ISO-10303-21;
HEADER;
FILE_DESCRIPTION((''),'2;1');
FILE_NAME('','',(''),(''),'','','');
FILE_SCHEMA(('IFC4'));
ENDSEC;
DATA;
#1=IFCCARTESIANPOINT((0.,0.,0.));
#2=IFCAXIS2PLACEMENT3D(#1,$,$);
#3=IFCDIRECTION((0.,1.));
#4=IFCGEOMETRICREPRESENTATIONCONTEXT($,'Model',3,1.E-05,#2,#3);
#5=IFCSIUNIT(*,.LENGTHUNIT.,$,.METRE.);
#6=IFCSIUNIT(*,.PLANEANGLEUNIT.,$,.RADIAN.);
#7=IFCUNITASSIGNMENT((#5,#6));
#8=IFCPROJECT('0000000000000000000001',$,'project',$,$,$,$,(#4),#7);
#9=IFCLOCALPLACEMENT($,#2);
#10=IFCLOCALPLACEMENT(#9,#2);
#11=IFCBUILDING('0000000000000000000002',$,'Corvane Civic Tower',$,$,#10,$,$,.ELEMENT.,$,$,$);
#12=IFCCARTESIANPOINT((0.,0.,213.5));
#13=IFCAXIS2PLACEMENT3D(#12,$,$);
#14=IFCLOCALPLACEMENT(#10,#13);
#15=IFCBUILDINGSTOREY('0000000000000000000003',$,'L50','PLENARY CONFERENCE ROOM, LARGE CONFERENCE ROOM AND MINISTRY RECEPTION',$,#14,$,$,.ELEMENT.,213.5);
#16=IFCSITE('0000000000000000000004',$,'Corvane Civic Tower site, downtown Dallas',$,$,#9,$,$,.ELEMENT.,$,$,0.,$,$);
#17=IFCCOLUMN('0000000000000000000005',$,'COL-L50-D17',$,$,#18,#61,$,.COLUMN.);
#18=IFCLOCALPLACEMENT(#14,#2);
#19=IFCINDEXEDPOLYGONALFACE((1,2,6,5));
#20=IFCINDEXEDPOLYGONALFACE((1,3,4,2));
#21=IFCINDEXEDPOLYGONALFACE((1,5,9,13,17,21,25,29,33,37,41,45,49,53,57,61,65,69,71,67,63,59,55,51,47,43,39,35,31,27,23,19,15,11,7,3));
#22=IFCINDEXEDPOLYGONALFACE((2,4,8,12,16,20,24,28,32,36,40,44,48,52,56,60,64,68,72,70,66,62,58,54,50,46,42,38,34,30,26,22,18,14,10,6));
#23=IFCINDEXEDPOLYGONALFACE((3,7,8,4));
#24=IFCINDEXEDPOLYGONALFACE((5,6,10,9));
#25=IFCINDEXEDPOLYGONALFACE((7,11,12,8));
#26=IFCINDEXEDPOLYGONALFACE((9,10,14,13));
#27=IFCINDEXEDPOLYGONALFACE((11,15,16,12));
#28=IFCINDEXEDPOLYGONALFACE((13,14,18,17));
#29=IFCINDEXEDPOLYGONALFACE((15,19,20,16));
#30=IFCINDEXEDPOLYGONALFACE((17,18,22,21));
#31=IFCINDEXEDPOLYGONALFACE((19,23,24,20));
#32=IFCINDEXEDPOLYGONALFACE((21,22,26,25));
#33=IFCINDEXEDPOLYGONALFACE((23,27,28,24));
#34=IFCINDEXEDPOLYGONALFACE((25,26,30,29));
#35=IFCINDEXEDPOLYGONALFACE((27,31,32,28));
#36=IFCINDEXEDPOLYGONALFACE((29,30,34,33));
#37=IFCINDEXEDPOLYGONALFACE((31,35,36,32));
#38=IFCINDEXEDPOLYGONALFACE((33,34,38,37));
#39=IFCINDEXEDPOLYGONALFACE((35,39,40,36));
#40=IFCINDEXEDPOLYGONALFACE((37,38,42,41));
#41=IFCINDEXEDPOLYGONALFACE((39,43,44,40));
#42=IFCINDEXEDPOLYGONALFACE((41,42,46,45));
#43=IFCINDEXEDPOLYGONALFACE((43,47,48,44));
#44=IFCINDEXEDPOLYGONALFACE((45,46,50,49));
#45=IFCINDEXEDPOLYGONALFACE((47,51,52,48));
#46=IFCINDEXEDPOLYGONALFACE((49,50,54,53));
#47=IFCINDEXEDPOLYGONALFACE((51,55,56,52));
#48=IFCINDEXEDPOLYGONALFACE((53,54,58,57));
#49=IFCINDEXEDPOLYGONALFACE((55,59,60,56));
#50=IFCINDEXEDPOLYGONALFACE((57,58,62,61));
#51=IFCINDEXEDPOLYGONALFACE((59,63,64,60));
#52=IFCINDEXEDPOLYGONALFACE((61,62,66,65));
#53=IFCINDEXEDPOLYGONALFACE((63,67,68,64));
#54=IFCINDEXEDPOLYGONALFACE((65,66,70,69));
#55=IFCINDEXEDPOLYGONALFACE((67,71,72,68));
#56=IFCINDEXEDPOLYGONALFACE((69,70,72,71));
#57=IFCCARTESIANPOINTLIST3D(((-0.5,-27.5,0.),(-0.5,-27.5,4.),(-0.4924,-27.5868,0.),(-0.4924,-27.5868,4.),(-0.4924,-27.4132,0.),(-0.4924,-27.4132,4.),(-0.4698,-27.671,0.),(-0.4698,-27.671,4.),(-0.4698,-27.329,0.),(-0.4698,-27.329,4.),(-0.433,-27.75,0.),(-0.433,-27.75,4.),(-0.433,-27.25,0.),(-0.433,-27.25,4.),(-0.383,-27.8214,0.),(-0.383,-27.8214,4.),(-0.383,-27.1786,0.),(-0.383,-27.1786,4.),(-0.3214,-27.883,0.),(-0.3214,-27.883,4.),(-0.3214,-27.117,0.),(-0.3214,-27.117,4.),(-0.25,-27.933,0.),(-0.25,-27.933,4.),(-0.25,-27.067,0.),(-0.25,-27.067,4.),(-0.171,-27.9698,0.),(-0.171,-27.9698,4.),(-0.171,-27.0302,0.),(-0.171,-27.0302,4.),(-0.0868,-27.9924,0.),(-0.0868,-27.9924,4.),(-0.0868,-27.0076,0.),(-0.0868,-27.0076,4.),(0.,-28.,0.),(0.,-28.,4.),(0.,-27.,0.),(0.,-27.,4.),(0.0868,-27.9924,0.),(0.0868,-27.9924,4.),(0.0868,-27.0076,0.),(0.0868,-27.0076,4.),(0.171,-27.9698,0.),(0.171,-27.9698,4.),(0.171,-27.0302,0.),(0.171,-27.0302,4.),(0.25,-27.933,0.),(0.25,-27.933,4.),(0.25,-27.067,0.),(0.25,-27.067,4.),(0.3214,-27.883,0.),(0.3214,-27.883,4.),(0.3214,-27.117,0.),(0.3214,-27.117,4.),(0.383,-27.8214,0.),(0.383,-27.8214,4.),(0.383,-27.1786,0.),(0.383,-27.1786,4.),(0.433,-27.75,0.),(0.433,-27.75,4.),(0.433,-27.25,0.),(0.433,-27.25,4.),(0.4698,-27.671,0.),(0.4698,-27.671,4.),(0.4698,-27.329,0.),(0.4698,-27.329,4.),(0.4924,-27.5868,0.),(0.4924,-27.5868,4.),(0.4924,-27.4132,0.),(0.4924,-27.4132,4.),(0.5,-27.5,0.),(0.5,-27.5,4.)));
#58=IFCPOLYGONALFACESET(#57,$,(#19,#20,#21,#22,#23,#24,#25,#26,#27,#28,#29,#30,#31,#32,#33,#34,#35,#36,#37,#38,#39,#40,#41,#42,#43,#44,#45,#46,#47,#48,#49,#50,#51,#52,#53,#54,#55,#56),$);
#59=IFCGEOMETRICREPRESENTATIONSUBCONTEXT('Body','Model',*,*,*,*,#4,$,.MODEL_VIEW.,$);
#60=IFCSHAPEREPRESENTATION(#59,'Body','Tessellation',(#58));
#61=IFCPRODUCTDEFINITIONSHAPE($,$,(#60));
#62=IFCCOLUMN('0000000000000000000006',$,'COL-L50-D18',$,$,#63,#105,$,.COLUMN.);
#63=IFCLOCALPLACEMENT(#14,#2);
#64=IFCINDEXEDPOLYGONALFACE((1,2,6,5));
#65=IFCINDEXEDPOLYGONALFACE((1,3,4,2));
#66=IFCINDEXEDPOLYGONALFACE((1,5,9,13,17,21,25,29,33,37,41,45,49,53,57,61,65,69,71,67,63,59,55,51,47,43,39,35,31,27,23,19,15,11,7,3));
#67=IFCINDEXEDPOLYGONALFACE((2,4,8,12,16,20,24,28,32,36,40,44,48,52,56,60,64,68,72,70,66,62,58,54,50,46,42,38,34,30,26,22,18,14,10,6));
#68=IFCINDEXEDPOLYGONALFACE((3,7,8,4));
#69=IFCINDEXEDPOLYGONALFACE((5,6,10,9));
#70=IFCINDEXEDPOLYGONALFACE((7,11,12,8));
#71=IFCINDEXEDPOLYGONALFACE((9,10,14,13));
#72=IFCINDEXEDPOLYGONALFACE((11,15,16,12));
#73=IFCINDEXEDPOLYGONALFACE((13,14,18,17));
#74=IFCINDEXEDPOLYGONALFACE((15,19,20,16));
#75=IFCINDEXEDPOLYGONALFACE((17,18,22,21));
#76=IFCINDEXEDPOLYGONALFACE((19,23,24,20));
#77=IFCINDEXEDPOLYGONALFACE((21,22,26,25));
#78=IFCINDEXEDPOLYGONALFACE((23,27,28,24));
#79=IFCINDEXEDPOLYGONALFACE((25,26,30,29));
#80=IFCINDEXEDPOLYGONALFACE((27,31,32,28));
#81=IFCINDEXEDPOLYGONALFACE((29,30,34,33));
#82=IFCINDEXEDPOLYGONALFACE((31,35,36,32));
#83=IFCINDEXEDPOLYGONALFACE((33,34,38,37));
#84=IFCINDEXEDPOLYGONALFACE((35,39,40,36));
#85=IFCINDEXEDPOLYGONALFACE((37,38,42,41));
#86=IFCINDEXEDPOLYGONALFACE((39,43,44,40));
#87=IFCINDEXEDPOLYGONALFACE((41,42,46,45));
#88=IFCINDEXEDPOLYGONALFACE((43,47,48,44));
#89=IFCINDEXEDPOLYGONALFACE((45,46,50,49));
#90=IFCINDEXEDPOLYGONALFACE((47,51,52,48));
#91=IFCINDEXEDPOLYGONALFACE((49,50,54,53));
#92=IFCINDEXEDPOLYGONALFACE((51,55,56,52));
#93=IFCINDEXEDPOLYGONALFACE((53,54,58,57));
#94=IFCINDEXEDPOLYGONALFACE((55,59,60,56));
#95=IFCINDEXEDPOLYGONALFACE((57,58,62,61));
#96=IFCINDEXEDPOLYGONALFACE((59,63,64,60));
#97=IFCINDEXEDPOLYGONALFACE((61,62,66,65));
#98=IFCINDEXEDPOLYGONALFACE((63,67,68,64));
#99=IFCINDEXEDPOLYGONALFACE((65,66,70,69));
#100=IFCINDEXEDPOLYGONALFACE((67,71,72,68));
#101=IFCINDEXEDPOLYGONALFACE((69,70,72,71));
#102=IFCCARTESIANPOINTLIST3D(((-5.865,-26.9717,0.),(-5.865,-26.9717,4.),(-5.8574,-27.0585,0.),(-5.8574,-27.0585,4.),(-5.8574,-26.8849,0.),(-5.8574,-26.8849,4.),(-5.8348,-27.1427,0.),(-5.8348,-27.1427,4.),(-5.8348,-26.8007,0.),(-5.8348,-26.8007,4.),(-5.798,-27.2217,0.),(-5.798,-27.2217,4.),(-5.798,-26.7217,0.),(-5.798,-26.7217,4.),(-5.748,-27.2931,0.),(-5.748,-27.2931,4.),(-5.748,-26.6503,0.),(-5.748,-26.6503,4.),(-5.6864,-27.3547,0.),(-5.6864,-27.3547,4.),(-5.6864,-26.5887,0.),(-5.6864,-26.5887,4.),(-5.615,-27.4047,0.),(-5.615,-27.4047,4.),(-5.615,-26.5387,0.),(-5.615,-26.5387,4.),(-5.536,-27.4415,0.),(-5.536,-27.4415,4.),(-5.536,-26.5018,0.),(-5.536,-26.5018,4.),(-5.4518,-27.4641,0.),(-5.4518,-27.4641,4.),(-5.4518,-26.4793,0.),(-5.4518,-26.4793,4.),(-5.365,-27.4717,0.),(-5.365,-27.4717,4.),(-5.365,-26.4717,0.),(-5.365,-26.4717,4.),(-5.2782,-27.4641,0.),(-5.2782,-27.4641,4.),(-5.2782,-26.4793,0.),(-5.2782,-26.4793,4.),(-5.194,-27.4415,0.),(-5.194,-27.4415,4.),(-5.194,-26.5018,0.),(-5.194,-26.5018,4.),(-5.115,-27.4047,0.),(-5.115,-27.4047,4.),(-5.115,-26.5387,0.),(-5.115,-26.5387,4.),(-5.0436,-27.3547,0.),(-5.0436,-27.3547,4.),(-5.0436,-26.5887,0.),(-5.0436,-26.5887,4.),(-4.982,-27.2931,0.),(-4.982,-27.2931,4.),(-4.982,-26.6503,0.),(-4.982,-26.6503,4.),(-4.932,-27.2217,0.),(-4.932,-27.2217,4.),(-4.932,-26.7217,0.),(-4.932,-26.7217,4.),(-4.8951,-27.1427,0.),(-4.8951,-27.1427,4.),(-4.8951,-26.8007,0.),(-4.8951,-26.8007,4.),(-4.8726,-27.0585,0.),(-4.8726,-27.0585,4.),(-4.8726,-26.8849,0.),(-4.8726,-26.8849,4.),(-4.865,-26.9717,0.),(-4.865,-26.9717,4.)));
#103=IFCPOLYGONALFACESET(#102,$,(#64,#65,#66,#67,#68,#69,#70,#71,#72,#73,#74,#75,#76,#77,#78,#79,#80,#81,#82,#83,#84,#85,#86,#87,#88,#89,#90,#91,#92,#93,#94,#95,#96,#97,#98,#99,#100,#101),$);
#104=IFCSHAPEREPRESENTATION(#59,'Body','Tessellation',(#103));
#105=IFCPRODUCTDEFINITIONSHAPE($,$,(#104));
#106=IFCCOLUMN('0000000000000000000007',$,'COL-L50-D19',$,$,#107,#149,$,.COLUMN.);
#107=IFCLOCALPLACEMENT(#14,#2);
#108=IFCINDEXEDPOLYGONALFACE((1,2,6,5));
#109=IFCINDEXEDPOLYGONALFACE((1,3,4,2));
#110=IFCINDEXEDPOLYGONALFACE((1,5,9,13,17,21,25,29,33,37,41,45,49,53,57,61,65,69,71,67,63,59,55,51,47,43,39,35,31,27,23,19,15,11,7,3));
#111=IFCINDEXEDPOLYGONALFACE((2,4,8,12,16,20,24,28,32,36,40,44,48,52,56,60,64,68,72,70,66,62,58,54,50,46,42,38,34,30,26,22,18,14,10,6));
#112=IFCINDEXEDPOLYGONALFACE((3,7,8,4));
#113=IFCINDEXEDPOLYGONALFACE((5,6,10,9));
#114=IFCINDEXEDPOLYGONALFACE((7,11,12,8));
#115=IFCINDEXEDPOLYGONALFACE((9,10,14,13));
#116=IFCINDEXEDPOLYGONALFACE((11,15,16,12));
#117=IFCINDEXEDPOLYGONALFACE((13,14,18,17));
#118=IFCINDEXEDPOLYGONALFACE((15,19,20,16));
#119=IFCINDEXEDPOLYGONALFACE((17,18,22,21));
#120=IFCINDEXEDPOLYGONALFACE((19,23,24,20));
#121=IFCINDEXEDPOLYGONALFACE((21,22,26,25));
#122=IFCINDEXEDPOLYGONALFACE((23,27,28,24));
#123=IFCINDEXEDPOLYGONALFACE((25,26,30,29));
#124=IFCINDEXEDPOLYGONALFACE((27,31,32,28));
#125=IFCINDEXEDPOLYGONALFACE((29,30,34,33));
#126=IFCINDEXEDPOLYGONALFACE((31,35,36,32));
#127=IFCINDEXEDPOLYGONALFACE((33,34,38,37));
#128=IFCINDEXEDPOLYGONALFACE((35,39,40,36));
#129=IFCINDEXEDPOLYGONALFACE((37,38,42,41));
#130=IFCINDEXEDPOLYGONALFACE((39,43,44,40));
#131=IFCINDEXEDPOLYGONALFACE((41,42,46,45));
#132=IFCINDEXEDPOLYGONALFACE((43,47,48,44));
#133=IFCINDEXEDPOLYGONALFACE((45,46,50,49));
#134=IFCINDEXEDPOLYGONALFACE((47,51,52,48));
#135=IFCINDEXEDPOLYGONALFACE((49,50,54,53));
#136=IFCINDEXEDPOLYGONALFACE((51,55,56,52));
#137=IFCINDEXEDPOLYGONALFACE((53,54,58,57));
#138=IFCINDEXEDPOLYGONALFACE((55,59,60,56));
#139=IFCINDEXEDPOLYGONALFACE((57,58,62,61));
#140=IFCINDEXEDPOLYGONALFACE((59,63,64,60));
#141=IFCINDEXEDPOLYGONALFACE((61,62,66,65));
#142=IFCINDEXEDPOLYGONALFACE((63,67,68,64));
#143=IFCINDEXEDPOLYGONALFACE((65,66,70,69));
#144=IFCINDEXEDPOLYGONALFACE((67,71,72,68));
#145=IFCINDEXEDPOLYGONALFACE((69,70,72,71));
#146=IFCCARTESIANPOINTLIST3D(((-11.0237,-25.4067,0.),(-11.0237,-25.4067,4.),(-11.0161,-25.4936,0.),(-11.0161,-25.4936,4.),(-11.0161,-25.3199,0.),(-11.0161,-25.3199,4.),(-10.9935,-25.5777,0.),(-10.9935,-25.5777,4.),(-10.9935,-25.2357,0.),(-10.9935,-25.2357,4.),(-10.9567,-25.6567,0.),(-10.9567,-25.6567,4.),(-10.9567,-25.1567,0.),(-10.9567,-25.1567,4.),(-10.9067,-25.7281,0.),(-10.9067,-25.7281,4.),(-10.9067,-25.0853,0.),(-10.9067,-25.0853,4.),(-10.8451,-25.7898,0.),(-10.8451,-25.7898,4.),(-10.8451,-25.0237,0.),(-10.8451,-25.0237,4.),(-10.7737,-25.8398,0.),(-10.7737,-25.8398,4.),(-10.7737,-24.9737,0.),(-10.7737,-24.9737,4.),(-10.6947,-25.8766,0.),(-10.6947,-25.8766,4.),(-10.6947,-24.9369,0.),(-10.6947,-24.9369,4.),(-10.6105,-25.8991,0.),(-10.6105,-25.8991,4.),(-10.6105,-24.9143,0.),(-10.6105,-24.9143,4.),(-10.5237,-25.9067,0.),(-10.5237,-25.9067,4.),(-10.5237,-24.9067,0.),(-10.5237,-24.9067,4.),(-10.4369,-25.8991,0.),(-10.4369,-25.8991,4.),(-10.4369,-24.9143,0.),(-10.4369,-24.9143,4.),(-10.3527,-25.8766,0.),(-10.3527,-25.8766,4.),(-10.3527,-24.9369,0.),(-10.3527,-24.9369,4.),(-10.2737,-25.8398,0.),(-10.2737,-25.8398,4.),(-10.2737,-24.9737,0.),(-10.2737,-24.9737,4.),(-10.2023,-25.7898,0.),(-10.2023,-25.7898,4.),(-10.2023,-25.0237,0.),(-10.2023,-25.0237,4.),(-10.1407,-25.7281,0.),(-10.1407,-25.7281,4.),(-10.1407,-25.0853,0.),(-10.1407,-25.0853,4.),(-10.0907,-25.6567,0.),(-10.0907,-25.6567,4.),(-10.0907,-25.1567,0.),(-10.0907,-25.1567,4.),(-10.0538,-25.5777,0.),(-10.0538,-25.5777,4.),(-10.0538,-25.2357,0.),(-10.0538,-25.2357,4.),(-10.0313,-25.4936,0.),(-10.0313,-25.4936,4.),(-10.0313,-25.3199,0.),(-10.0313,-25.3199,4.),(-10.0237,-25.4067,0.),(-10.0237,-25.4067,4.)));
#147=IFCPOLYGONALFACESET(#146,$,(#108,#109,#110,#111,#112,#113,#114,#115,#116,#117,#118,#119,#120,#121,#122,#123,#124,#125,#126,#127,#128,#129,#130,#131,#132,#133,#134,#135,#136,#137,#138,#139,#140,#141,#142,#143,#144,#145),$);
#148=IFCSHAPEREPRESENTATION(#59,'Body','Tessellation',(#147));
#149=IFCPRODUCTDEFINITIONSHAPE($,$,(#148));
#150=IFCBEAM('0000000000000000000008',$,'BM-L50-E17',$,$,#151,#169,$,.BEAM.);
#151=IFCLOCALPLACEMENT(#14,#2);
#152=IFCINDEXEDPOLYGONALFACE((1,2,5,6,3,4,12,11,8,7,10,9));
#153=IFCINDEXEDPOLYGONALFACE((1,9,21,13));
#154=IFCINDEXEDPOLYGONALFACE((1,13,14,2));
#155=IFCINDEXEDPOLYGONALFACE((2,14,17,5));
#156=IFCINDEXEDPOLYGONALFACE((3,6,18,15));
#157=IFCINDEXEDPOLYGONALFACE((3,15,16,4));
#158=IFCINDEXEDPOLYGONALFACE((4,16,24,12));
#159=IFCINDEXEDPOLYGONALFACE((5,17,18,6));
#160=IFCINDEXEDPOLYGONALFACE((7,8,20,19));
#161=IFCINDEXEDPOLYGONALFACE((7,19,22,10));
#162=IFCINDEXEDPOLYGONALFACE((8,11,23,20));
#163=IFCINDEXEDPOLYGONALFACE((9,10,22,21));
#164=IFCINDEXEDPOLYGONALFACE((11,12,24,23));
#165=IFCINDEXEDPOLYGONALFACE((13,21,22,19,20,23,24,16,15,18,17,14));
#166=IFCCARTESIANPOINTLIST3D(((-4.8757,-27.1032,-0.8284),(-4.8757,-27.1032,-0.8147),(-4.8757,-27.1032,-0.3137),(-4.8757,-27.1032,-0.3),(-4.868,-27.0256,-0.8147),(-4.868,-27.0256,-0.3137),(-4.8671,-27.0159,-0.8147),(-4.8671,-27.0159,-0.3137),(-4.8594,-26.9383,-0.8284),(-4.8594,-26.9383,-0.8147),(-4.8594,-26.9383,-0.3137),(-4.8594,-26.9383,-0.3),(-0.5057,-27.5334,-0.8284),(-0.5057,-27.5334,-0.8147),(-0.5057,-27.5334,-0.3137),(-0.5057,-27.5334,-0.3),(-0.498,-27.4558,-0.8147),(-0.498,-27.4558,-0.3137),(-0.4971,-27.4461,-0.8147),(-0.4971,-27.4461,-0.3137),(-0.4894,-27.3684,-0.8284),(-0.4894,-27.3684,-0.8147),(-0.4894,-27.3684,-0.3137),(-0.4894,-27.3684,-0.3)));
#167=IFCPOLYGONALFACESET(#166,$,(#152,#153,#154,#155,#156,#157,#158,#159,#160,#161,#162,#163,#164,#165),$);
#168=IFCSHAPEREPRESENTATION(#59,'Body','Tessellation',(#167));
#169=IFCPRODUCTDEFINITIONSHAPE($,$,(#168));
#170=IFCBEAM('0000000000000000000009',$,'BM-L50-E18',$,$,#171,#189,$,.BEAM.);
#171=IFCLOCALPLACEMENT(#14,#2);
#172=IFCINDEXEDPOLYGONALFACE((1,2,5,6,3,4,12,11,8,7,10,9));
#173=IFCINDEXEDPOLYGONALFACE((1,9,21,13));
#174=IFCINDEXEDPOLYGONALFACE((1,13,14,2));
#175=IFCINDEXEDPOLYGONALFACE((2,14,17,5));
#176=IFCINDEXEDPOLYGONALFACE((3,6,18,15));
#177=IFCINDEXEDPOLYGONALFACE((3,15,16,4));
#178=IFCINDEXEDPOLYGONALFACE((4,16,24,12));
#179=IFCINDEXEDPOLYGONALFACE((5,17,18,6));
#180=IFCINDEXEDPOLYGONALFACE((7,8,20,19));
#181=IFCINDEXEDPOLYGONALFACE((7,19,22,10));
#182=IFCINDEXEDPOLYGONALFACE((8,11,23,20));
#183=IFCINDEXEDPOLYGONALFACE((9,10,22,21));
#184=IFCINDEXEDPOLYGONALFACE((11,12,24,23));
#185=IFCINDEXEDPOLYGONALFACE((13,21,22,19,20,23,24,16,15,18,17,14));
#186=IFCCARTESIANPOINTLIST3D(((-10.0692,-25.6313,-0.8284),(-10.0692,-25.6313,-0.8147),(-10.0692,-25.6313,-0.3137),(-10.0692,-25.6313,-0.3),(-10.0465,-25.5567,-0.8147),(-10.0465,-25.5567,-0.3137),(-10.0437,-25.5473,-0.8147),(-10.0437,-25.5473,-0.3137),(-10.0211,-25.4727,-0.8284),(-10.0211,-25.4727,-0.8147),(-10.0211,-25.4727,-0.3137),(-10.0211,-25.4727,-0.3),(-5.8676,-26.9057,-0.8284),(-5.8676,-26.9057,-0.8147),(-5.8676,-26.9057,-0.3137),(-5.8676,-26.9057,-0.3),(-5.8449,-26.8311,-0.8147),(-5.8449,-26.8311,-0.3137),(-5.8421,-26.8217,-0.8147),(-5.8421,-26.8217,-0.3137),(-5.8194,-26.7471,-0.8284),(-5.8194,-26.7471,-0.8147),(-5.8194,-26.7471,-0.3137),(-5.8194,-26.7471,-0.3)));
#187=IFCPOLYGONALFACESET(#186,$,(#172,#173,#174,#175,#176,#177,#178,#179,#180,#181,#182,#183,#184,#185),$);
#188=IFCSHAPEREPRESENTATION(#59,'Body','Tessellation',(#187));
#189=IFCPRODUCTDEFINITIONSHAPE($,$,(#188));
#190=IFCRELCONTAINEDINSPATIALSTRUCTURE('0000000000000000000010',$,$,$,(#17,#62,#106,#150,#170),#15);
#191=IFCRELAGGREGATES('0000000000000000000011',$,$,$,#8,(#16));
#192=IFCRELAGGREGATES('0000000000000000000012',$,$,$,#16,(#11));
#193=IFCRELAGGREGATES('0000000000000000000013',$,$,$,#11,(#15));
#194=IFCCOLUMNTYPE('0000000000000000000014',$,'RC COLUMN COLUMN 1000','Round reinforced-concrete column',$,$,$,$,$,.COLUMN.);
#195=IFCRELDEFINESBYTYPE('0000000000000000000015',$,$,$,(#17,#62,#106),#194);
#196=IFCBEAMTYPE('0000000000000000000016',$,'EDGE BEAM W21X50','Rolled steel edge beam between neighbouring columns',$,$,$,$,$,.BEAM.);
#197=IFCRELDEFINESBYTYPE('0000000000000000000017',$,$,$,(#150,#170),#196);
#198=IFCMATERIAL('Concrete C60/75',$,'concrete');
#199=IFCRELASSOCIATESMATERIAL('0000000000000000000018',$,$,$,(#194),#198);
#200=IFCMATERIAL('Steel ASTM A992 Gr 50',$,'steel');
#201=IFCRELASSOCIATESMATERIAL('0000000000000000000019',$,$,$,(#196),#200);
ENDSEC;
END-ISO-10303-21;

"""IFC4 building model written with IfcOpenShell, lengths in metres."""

from ifc_helpers import new_model, si_unit, direction, frame, origin, origin_2d, place, context, subcontext, project, spatial, circle, i_section, extrude, material, material_profile, profile_set, type_object, element, save


model = new_model("IFC4")

# Units and contexts
model_context = context("Model", 3, precision=1e-05, world=origin(), true_north=direction((0.0, 1.0)))
body_context = subcontext(model_context, "Body", "Model", "MODEL_VIEW")
ifc_project = project(units=[si_unit("LENGTHUNIT", "METRE"), si_unit("PLANEANGLEUNIT", "RADIAN")], contexts=[model_context])

# Site, building, storey
site_placement = place(None, origin())
site = spatial("IfcSite", under=ifc_project, at=site_placement, Name="Corvane Civic Tower site, downtown Dallas", CompositionType="ELEMENT", RefElevation=0.0)
building_placement = place(site_placement, origin())
building = spatial("IfcBuilding", under=site, at=building_placement, Name="Corvane Civic Tower", CompositionType="ELEMENT")
storey_placement = place(building_placement, frame((0.0, 0.0, 213.5)))
storey = spatial("IfcBuildingStorey", under=building, at=storey_placement, Name="L50", Description="PLENARY CONFERENCE ROOM, LARGE CONFERENCE ROOM AND MINISTRY RECEPTION", CompositionType="ELEMENT", Elevation=213.5)

# Columns
ifc_material_1 = material(Name="Concrete C60/75", Category="concrete")
ifc_material_profile_1 = material_profile(ifc_material_1, circle(Radius=0.5, at=origin_2d()), Name="COLUMN 1000")
ifc_profile_set_1 = profile_set([ifc_material_profile_1], Name="Concrete C60/75")
column_type = type_object("IfcColumnType", Name="RC COLUMN COLUMN 1000", Description="Round reinforced-concrete column", PredefinedType="COLUMN", material=ifc_profile_set_1)
for number, where, z_axis, x_axis, name in (
    (1, (0.0, -27.5, 0.0), (0.0, 0.0, 1.0), (1.0, 0.0, 0.0), "COL-L50-D17"),
    (2, (-5.365, -26.9717, 0.0), (0.0, 0.0, 1.0), (1.0, 0.0, 0.0), "COL-L50-D18"),
    (3, (-10.5237, -25.4067, 0.0), (0.0, 0.0, 1.0), (1.0, 0.0, 0.0), "COL-L50-D19"),
):
    element("IfcColumn", number, at=place(storey_placement, frame(where, z_axis=z_axis, x_axis=x_axis)), inside=storey, type_object=column_type, Name=name, PredefinedType="COLUMN", context=body_context, shape_type="SweptSolid", body=[
        extrude(circle(Radius=0.5, at=origin_2d()), origin(), (0.0, 0.0, 1.0), 4.0),
    ])

# Beams
ifc_material_2 = material(Name="Steel ASTM A992 Gr 50", Category="steel")
ifc_material_profile_2 = material_profile(ifc_material_2, i_section(OverallWidth=0.1658, OverallDepth=0.5283, WebThickness=0.0098, FlangeThickness=0.0137, at=origin_2d()), Name="W21X50")
ifc_profile_set_2 = profile_set([ifc_material_profile_2], Name="Steel ASTM A992 Gr 50")
beam_type_1 = type_object("IfcBeamType", Name="EDGE BEAM W21X50", Description="Rolled steel edge beam between neighbouring columns", PredefinedType="BEAM", material=ifc_profile_set_2)
beam_1_placement = place(storey_placement, frame((-0.4976, -27.4509, -0.5642), z_axis=(-0.99519, 0.097968, 0.0), x_axis=(-0.097968, -0.99519, 0.0)))
element("IfcBeam", 4, at=beam_1_placement, inside=storey, type_object=beam_type_1, Name="BM-L50-E17", PredefinedType="BEAM", context=body_context, shape_type="SweptSolid", body=[
    extrude(i_section(OverallWidth=0.1658, OverallDepth=0.5283, WebThickness=0.0098, FlangeThickness=0.0137, at=origin_2d()), origin(), (0.0, 0.0, 1.0), 4.3911),
])
beam_2_placement = place(storey_placement, frame((-5.8435, -26.8264, -0.5642), z_axis=(-0.95695, 0.290254, 0.0), x_axis=(-0.290254, -0.95695, 0.0)))
element("IfcBeam", 5, at=beam_2_placement, inside=storey, type_object=beam_type_1, Name="BM-L50-E18", PredefinedType="BEAM", context=body_context, shape_type="SweptSolid", body=[
    extrude(i_section(OverallWidth=0.1658, OverallDepth=0.5283, WebThickness=0.0098, FlangeThickness=0.0137, at=origin_2d()), origin(), (0.0, 0.0, 1.0), 4.3906),
])

save(model, "model.ifc")
